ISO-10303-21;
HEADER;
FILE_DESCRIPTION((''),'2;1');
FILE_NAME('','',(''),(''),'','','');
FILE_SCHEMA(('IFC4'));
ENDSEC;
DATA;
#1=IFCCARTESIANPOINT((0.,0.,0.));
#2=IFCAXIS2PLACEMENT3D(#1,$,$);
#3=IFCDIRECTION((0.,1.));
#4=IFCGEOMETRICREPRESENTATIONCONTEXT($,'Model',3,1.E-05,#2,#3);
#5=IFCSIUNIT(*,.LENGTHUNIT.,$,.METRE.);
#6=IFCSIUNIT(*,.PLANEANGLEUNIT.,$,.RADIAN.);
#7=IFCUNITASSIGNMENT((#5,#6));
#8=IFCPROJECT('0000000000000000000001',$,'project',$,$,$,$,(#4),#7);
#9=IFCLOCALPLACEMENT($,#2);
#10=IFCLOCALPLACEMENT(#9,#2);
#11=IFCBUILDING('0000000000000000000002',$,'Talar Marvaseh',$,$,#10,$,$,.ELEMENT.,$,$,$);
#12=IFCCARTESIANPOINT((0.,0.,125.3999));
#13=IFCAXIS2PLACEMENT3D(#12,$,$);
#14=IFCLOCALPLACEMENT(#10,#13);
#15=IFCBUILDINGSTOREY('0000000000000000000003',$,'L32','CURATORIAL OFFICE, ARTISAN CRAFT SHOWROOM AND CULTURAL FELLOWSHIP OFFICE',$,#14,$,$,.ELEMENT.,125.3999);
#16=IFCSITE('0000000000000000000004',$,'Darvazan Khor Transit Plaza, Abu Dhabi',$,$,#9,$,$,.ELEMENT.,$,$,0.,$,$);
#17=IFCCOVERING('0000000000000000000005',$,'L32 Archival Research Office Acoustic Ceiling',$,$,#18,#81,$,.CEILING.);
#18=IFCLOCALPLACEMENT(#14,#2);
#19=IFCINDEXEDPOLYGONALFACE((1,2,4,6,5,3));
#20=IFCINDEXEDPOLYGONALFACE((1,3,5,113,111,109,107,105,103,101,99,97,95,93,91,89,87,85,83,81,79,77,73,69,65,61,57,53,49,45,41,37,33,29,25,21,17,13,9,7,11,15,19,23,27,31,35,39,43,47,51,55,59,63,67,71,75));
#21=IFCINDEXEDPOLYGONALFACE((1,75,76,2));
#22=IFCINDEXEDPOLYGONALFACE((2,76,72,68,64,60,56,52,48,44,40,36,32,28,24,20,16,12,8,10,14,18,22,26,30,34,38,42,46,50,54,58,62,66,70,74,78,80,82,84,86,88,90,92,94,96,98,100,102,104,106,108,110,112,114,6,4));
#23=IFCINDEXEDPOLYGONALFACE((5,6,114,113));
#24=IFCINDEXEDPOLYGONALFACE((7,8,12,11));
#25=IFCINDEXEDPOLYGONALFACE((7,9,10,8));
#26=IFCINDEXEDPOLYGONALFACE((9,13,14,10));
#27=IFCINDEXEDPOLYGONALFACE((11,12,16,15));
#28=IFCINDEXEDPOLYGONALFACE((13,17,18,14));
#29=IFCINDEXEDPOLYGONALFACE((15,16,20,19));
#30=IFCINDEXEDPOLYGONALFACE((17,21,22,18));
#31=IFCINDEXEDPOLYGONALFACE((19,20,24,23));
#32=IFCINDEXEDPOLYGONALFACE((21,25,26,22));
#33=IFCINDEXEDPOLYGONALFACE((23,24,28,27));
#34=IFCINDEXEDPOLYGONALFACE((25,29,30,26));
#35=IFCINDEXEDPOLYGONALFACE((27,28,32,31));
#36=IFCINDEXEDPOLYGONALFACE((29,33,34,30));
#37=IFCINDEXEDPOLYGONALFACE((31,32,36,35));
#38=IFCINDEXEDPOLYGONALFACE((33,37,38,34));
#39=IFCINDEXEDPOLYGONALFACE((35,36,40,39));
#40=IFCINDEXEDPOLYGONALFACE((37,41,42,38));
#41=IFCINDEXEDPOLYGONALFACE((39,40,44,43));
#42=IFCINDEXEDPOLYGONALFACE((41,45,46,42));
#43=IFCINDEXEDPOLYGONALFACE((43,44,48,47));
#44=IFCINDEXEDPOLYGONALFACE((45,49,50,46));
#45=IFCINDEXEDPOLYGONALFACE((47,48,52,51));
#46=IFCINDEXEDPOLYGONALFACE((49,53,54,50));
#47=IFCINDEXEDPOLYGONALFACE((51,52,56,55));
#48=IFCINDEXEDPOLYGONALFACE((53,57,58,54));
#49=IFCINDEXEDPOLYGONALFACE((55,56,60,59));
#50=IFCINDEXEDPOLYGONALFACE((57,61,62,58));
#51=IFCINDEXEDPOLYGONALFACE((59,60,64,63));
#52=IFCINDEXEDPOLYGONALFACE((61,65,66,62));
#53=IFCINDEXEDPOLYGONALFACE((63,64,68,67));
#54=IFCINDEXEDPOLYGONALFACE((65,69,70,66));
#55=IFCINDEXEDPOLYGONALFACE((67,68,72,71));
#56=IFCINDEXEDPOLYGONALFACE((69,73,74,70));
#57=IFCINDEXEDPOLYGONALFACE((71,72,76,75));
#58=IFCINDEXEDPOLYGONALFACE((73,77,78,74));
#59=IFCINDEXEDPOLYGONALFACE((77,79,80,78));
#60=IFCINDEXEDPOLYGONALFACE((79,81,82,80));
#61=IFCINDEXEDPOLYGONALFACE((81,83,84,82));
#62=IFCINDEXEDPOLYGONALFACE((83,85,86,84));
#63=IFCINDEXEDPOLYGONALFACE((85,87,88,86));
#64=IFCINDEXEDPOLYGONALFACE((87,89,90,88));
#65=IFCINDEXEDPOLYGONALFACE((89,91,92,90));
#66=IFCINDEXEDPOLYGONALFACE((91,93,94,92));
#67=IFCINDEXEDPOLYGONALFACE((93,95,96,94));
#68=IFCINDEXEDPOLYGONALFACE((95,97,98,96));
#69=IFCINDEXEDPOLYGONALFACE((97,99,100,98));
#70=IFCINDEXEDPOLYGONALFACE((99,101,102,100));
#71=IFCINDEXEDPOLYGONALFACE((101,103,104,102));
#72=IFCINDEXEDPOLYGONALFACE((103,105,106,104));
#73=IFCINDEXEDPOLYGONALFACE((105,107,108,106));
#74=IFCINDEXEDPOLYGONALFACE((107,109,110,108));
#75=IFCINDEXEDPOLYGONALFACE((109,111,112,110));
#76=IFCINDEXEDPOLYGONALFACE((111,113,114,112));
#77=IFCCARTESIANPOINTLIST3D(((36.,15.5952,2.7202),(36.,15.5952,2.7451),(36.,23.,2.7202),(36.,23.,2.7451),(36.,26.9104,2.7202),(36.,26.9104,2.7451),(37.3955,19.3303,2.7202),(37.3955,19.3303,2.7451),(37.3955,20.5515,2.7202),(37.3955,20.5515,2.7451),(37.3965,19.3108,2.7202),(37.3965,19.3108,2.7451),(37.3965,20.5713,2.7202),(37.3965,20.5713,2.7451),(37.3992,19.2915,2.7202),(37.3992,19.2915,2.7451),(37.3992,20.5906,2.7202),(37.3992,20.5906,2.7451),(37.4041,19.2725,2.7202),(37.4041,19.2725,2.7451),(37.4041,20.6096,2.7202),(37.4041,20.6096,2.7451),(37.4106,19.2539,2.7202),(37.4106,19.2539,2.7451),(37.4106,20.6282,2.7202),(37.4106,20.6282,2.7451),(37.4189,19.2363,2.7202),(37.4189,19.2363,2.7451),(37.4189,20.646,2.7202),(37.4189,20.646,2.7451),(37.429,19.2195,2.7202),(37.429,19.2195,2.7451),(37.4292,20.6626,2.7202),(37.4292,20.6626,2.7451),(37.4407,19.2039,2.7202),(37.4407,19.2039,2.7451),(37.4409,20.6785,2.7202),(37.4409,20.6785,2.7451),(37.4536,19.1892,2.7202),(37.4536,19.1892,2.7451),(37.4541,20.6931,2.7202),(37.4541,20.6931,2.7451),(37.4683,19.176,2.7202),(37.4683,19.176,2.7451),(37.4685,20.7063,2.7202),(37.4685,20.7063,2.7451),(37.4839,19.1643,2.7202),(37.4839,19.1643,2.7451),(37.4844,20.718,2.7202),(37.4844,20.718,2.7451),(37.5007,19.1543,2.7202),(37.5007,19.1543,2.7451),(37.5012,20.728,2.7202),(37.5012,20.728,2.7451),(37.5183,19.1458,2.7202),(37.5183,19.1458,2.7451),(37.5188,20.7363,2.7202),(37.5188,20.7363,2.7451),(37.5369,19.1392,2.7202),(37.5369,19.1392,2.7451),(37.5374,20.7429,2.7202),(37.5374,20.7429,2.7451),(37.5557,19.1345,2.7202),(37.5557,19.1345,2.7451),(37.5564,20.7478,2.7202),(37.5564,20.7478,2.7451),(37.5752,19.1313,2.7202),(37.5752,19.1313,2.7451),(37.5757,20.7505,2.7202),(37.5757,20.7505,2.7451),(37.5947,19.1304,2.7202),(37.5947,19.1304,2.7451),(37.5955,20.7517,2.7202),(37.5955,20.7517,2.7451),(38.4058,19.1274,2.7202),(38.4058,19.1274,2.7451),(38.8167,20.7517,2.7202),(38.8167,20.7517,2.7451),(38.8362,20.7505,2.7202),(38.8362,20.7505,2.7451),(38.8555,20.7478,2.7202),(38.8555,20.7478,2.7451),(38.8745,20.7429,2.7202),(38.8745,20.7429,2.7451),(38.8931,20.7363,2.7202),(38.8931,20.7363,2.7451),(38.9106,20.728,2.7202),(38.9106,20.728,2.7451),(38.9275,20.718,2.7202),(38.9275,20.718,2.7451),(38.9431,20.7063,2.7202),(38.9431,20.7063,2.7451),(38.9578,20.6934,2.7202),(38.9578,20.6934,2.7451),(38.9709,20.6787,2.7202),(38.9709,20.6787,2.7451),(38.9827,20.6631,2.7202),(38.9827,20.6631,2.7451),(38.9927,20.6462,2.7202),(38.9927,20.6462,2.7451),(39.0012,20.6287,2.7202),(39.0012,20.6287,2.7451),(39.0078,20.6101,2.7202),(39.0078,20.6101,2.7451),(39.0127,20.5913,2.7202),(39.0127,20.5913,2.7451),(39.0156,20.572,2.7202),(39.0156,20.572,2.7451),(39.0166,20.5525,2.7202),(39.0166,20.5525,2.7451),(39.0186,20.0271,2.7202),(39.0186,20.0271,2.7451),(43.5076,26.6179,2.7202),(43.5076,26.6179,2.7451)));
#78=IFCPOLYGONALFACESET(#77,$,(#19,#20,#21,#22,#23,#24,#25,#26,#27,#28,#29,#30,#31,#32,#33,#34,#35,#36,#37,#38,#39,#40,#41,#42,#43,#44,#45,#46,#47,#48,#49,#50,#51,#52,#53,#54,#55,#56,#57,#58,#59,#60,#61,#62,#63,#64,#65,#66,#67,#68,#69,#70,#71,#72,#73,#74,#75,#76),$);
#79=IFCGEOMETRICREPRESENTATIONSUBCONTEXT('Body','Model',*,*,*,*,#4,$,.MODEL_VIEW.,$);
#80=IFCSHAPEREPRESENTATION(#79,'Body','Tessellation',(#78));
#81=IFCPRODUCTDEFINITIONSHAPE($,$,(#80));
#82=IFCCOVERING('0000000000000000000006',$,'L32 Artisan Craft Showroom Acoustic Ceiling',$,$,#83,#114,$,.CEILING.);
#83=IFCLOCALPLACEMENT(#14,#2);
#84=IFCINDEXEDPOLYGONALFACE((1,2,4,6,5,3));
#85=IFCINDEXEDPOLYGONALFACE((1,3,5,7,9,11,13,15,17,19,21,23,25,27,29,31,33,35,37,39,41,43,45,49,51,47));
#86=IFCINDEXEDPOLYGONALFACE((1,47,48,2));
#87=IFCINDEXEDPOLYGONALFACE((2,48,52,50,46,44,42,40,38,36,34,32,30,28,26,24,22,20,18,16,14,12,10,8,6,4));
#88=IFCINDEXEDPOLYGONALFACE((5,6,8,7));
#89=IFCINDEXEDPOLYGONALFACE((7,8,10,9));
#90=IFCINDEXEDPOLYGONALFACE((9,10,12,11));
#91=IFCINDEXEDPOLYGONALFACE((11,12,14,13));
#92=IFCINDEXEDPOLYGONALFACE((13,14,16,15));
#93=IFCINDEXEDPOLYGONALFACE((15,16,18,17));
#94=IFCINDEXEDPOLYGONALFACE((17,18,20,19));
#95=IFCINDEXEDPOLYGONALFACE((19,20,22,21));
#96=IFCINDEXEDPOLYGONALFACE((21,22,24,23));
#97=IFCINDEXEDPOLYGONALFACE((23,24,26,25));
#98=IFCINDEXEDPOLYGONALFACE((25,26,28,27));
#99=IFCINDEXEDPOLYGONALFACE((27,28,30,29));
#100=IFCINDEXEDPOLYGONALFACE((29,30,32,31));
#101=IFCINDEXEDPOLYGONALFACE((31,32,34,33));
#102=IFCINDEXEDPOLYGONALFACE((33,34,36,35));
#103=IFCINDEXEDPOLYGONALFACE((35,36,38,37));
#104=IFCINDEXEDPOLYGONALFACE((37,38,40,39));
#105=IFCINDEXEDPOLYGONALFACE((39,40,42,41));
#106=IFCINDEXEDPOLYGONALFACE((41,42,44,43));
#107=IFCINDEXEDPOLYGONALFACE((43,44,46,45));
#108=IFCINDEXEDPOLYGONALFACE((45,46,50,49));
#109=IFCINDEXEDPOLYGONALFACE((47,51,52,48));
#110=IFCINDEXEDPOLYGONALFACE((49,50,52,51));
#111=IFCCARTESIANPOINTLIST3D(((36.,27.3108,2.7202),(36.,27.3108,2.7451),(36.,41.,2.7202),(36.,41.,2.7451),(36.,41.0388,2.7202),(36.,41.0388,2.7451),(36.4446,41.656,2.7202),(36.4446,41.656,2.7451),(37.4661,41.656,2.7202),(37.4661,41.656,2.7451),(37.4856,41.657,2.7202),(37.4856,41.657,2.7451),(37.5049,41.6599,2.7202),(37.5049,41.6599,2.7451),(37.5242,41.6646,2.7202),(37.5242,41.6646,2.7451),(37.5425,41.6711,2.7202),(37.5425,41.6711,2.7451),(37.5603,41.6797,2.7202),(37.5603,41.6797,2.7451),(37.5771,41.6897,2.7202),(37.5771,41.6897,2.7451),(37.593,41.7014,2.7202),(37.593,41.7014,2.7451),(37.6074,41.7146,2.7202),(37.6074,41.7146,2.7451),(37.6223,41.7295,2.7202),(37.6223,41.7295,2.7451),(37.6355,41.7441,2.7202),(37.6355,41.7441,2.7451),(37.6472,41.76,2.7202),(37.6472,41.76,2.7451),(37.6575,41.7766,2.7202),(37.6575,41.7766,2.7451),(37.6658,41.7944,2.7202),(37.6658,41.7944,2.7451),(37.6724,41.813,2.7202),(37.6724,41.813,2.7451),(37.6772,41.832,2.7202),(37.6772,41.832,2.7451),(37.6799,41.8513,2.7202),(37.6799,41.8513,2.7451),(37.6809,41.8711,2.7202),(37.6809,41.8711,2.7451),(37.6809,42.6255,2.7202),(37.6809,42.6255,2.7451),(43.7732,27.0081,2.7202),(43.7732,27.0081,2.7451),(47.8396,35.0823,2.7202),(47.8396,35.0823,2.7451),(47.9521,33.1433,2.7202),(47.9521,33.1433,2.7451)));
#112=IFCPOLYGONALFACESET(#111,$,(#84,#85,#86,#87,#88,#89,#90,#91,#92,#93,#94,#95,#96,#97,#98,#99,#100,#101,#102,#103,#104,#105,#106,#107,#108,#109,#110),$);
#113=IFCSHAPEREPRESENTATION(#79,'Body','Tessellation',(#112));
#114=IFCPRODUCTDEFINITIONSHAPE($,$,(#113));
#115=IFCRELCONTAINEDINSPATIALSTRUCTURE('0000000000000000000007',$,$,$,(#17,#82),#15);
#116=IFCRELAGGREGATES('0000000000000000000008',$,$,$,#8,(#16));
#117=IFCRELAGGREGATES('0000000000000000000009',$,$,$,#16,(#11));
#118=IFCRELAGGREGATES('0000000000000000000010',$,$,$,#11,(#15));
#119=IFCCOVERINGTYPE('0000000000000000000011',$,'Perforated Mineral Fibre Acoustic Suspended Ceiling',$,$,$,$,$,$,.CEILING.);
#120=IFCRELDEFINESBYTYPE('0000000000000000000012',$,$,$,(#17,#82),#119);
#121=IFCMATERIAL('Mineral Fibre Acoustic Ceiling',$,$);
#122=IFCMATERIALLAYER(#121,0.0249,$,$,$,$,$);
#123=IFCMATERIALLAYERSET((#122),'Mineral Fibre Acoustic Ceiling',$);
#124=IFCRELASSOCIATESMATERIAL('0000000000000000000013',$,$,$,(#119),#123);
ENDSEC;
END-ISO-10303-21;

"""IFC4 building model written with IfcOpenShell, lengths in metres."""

from ifc_helpers import new_model, si_unit, direction, frame, origin, place, context, subcontext, project, spatial, polyline, outline, extrude, material, layer, layer_set, type_object, element, save


model = new_model("IFC4")

# Units and contexts
model_context = context("Model", 3, precision=1e-05, world=origin(), true_north=direction((0.0, 1.0)))
body_context = subcontext(model_context, "Body", "Model", "MODEL_VIEW")
ifc_project = project(units=[si_unit("LENGTHUNIT", "METRE"), si_unit("PLANEANGLEUNIT", "RADIAN")], contexts=[model_context])

# Site, building, storey
site_placement = place(None, origin())
site = spatial("IfcSite", under=ifc_project, at=site_placement, Name="Darvazan Khor Transit Plaza, Abu Dhabi", CompositionType="ELEMENT", RefElevation=0.0)
building_placement = place(site_placement, origin())
building = spatial("IfcBuilding", under=site, at=building_placement, Name="Talar Marvaseh", CompositionType="ELEMENT")
storey_placement = place(building_placement, frame((0.0, 0.0, 125.3999)))
storey = spatial("IfcBuildingStorey", under=building, at=storey_placement, Name="L32", Description="CURATORIAL OFFICE, ARTISAN CRAFT SHOWROOM AND CULTURAL FELLOWSHIP OFFICE", CompositionType="ELEMENT", Elevation=125.3999)

# Coverings
ifc_material_1 = material(Name="Mineral Fibre Acoustic Ceiling")
ifc_layer_1 = layer(ifc_material_1, 0.0249)
ifc_layer_set_1 = layer_set([ifc_layer_1], Name="Mineral Fibre Acoustic Ceiling")
covering_type_1 = type_object("IfcCoveringType", Name="Perforated Mineral Fibre Acoustic Suspended Ceiling", PredefinedType="CEILING", material=ifc_layer_set_1)
covering_1_placement = place(storey_placement, frame((0.0, 0.0, 2.7202)))
element("IfcCovering", 1, at=covering_1_placement, inside=storey, type_object=covering_type_1, Name="L32 Archival Research Office Acoustic Ceiling", PredefinedType="CEILING", context=body_context, shape_type="SweptSolid", body=[
    extrude(outline(polyline([(39.0127, 20.5913), (39.0078, 20.6101), (39.0012, 20.6287), (38.9927, 20.6462), (38.9827, 20.6631), (38.9709, 20.6787), (38.9578, 20.6934), (38.9431, 20.7063), (38.9275, 20.718), (38.9106, 20.728), (38.8931, 20.7363), (38.8745, 20.7429), (38.8555, 20.7478), (38.8362, 20.7505), (38.8167, 20.7517), (37.5955, 20.7517), (37.5757, 20.7505), (37.5564, 20.7478), (37.5374, 20.7429), (37.5188, 20.7363), (37.5012, 20.728), (37.4844, 20.718), (37.4685, 20.7063), (37.4541, 20.6931), (37.4409, 20.6785), (37.4292, 20.6626), (37.4189, 20.646), (37.4106, 20.6282), (37.4041, 20.6096), (37.3992, 20.5906), (37.3965, 20.5713), (37.3955, 20.5515), (37.3955, 19.3303), (37.3965, 19.3108), (37.3992, 19.2915), (37.4041, 19.2725), (37.4106, 19.2539), (37.4189, 19.2363), (37.429, 19.2195), (37.4407, 19.2039), (37.4536, 19.1892), (37.4683, 19.176), (37.4839, 19.1643), (37.5007, 19.1543), (37.5183, 19.1458), (37.5369, 19.1392), (37.5557, 19.1345), (37.5752, 19.1313), (37.5947, 19.1304), (38.4058, 19.1274), (36.0, 15.5952), (36.0, 23.0), (36.0, 26.9104), (43.5076, 26.6179), (39.0186, 20.0271), (39.0166, 20.5525), (39.0156, 20.572), (39.0127, 20.5913)])), origin(), (0.0, 0.0, 1.0), 0.0249),
])
covering_2_placement = place(storey_placement, frame((0.0, 0.0, 2.7202)))
element("IfcCovering", 2, at=covering_2_placement, inside=storey, type_object=covering_type_1, Name="L32 Artisan Craft Showroom Acoustic Ceiling", PredefinedType="CEILING", context=body_context, shape_type="SweptSolid", body=[
    extrude(outline(polyline([(37.4661, 41.656), (37.4856, 41.657), (37.5049, 41.6599), (37.5242, 41.6646), (37.5425, 41.6711), (37.5603, 41.6797), (37.5771, 41.6897), (37.593, 41.7014), (37.6074, 41.7146), (37.6223, 41.7295), (37.6355, 41.7441), (37.6472, 41.76), (37.6575, 41.7766), (37.6658, 41.7944), (37.6724, 41.813), (37.6772, 41.832), (37.6799, 41.8513), (37.6809, 41.8711), (37.6809, 42.6255), (47.8396, 35.0823), (47.9521, 33.1433), (43.7732, 27.0081), (36.0, 27.3108), (36.0, 41.0), (36.0, 41.0388), (36.4446, 41.656), (37.4661, 41.656)])), origin(), (0.0, 0.0, 1.0), 0.0249),
])

save(model, "model.ifc")
